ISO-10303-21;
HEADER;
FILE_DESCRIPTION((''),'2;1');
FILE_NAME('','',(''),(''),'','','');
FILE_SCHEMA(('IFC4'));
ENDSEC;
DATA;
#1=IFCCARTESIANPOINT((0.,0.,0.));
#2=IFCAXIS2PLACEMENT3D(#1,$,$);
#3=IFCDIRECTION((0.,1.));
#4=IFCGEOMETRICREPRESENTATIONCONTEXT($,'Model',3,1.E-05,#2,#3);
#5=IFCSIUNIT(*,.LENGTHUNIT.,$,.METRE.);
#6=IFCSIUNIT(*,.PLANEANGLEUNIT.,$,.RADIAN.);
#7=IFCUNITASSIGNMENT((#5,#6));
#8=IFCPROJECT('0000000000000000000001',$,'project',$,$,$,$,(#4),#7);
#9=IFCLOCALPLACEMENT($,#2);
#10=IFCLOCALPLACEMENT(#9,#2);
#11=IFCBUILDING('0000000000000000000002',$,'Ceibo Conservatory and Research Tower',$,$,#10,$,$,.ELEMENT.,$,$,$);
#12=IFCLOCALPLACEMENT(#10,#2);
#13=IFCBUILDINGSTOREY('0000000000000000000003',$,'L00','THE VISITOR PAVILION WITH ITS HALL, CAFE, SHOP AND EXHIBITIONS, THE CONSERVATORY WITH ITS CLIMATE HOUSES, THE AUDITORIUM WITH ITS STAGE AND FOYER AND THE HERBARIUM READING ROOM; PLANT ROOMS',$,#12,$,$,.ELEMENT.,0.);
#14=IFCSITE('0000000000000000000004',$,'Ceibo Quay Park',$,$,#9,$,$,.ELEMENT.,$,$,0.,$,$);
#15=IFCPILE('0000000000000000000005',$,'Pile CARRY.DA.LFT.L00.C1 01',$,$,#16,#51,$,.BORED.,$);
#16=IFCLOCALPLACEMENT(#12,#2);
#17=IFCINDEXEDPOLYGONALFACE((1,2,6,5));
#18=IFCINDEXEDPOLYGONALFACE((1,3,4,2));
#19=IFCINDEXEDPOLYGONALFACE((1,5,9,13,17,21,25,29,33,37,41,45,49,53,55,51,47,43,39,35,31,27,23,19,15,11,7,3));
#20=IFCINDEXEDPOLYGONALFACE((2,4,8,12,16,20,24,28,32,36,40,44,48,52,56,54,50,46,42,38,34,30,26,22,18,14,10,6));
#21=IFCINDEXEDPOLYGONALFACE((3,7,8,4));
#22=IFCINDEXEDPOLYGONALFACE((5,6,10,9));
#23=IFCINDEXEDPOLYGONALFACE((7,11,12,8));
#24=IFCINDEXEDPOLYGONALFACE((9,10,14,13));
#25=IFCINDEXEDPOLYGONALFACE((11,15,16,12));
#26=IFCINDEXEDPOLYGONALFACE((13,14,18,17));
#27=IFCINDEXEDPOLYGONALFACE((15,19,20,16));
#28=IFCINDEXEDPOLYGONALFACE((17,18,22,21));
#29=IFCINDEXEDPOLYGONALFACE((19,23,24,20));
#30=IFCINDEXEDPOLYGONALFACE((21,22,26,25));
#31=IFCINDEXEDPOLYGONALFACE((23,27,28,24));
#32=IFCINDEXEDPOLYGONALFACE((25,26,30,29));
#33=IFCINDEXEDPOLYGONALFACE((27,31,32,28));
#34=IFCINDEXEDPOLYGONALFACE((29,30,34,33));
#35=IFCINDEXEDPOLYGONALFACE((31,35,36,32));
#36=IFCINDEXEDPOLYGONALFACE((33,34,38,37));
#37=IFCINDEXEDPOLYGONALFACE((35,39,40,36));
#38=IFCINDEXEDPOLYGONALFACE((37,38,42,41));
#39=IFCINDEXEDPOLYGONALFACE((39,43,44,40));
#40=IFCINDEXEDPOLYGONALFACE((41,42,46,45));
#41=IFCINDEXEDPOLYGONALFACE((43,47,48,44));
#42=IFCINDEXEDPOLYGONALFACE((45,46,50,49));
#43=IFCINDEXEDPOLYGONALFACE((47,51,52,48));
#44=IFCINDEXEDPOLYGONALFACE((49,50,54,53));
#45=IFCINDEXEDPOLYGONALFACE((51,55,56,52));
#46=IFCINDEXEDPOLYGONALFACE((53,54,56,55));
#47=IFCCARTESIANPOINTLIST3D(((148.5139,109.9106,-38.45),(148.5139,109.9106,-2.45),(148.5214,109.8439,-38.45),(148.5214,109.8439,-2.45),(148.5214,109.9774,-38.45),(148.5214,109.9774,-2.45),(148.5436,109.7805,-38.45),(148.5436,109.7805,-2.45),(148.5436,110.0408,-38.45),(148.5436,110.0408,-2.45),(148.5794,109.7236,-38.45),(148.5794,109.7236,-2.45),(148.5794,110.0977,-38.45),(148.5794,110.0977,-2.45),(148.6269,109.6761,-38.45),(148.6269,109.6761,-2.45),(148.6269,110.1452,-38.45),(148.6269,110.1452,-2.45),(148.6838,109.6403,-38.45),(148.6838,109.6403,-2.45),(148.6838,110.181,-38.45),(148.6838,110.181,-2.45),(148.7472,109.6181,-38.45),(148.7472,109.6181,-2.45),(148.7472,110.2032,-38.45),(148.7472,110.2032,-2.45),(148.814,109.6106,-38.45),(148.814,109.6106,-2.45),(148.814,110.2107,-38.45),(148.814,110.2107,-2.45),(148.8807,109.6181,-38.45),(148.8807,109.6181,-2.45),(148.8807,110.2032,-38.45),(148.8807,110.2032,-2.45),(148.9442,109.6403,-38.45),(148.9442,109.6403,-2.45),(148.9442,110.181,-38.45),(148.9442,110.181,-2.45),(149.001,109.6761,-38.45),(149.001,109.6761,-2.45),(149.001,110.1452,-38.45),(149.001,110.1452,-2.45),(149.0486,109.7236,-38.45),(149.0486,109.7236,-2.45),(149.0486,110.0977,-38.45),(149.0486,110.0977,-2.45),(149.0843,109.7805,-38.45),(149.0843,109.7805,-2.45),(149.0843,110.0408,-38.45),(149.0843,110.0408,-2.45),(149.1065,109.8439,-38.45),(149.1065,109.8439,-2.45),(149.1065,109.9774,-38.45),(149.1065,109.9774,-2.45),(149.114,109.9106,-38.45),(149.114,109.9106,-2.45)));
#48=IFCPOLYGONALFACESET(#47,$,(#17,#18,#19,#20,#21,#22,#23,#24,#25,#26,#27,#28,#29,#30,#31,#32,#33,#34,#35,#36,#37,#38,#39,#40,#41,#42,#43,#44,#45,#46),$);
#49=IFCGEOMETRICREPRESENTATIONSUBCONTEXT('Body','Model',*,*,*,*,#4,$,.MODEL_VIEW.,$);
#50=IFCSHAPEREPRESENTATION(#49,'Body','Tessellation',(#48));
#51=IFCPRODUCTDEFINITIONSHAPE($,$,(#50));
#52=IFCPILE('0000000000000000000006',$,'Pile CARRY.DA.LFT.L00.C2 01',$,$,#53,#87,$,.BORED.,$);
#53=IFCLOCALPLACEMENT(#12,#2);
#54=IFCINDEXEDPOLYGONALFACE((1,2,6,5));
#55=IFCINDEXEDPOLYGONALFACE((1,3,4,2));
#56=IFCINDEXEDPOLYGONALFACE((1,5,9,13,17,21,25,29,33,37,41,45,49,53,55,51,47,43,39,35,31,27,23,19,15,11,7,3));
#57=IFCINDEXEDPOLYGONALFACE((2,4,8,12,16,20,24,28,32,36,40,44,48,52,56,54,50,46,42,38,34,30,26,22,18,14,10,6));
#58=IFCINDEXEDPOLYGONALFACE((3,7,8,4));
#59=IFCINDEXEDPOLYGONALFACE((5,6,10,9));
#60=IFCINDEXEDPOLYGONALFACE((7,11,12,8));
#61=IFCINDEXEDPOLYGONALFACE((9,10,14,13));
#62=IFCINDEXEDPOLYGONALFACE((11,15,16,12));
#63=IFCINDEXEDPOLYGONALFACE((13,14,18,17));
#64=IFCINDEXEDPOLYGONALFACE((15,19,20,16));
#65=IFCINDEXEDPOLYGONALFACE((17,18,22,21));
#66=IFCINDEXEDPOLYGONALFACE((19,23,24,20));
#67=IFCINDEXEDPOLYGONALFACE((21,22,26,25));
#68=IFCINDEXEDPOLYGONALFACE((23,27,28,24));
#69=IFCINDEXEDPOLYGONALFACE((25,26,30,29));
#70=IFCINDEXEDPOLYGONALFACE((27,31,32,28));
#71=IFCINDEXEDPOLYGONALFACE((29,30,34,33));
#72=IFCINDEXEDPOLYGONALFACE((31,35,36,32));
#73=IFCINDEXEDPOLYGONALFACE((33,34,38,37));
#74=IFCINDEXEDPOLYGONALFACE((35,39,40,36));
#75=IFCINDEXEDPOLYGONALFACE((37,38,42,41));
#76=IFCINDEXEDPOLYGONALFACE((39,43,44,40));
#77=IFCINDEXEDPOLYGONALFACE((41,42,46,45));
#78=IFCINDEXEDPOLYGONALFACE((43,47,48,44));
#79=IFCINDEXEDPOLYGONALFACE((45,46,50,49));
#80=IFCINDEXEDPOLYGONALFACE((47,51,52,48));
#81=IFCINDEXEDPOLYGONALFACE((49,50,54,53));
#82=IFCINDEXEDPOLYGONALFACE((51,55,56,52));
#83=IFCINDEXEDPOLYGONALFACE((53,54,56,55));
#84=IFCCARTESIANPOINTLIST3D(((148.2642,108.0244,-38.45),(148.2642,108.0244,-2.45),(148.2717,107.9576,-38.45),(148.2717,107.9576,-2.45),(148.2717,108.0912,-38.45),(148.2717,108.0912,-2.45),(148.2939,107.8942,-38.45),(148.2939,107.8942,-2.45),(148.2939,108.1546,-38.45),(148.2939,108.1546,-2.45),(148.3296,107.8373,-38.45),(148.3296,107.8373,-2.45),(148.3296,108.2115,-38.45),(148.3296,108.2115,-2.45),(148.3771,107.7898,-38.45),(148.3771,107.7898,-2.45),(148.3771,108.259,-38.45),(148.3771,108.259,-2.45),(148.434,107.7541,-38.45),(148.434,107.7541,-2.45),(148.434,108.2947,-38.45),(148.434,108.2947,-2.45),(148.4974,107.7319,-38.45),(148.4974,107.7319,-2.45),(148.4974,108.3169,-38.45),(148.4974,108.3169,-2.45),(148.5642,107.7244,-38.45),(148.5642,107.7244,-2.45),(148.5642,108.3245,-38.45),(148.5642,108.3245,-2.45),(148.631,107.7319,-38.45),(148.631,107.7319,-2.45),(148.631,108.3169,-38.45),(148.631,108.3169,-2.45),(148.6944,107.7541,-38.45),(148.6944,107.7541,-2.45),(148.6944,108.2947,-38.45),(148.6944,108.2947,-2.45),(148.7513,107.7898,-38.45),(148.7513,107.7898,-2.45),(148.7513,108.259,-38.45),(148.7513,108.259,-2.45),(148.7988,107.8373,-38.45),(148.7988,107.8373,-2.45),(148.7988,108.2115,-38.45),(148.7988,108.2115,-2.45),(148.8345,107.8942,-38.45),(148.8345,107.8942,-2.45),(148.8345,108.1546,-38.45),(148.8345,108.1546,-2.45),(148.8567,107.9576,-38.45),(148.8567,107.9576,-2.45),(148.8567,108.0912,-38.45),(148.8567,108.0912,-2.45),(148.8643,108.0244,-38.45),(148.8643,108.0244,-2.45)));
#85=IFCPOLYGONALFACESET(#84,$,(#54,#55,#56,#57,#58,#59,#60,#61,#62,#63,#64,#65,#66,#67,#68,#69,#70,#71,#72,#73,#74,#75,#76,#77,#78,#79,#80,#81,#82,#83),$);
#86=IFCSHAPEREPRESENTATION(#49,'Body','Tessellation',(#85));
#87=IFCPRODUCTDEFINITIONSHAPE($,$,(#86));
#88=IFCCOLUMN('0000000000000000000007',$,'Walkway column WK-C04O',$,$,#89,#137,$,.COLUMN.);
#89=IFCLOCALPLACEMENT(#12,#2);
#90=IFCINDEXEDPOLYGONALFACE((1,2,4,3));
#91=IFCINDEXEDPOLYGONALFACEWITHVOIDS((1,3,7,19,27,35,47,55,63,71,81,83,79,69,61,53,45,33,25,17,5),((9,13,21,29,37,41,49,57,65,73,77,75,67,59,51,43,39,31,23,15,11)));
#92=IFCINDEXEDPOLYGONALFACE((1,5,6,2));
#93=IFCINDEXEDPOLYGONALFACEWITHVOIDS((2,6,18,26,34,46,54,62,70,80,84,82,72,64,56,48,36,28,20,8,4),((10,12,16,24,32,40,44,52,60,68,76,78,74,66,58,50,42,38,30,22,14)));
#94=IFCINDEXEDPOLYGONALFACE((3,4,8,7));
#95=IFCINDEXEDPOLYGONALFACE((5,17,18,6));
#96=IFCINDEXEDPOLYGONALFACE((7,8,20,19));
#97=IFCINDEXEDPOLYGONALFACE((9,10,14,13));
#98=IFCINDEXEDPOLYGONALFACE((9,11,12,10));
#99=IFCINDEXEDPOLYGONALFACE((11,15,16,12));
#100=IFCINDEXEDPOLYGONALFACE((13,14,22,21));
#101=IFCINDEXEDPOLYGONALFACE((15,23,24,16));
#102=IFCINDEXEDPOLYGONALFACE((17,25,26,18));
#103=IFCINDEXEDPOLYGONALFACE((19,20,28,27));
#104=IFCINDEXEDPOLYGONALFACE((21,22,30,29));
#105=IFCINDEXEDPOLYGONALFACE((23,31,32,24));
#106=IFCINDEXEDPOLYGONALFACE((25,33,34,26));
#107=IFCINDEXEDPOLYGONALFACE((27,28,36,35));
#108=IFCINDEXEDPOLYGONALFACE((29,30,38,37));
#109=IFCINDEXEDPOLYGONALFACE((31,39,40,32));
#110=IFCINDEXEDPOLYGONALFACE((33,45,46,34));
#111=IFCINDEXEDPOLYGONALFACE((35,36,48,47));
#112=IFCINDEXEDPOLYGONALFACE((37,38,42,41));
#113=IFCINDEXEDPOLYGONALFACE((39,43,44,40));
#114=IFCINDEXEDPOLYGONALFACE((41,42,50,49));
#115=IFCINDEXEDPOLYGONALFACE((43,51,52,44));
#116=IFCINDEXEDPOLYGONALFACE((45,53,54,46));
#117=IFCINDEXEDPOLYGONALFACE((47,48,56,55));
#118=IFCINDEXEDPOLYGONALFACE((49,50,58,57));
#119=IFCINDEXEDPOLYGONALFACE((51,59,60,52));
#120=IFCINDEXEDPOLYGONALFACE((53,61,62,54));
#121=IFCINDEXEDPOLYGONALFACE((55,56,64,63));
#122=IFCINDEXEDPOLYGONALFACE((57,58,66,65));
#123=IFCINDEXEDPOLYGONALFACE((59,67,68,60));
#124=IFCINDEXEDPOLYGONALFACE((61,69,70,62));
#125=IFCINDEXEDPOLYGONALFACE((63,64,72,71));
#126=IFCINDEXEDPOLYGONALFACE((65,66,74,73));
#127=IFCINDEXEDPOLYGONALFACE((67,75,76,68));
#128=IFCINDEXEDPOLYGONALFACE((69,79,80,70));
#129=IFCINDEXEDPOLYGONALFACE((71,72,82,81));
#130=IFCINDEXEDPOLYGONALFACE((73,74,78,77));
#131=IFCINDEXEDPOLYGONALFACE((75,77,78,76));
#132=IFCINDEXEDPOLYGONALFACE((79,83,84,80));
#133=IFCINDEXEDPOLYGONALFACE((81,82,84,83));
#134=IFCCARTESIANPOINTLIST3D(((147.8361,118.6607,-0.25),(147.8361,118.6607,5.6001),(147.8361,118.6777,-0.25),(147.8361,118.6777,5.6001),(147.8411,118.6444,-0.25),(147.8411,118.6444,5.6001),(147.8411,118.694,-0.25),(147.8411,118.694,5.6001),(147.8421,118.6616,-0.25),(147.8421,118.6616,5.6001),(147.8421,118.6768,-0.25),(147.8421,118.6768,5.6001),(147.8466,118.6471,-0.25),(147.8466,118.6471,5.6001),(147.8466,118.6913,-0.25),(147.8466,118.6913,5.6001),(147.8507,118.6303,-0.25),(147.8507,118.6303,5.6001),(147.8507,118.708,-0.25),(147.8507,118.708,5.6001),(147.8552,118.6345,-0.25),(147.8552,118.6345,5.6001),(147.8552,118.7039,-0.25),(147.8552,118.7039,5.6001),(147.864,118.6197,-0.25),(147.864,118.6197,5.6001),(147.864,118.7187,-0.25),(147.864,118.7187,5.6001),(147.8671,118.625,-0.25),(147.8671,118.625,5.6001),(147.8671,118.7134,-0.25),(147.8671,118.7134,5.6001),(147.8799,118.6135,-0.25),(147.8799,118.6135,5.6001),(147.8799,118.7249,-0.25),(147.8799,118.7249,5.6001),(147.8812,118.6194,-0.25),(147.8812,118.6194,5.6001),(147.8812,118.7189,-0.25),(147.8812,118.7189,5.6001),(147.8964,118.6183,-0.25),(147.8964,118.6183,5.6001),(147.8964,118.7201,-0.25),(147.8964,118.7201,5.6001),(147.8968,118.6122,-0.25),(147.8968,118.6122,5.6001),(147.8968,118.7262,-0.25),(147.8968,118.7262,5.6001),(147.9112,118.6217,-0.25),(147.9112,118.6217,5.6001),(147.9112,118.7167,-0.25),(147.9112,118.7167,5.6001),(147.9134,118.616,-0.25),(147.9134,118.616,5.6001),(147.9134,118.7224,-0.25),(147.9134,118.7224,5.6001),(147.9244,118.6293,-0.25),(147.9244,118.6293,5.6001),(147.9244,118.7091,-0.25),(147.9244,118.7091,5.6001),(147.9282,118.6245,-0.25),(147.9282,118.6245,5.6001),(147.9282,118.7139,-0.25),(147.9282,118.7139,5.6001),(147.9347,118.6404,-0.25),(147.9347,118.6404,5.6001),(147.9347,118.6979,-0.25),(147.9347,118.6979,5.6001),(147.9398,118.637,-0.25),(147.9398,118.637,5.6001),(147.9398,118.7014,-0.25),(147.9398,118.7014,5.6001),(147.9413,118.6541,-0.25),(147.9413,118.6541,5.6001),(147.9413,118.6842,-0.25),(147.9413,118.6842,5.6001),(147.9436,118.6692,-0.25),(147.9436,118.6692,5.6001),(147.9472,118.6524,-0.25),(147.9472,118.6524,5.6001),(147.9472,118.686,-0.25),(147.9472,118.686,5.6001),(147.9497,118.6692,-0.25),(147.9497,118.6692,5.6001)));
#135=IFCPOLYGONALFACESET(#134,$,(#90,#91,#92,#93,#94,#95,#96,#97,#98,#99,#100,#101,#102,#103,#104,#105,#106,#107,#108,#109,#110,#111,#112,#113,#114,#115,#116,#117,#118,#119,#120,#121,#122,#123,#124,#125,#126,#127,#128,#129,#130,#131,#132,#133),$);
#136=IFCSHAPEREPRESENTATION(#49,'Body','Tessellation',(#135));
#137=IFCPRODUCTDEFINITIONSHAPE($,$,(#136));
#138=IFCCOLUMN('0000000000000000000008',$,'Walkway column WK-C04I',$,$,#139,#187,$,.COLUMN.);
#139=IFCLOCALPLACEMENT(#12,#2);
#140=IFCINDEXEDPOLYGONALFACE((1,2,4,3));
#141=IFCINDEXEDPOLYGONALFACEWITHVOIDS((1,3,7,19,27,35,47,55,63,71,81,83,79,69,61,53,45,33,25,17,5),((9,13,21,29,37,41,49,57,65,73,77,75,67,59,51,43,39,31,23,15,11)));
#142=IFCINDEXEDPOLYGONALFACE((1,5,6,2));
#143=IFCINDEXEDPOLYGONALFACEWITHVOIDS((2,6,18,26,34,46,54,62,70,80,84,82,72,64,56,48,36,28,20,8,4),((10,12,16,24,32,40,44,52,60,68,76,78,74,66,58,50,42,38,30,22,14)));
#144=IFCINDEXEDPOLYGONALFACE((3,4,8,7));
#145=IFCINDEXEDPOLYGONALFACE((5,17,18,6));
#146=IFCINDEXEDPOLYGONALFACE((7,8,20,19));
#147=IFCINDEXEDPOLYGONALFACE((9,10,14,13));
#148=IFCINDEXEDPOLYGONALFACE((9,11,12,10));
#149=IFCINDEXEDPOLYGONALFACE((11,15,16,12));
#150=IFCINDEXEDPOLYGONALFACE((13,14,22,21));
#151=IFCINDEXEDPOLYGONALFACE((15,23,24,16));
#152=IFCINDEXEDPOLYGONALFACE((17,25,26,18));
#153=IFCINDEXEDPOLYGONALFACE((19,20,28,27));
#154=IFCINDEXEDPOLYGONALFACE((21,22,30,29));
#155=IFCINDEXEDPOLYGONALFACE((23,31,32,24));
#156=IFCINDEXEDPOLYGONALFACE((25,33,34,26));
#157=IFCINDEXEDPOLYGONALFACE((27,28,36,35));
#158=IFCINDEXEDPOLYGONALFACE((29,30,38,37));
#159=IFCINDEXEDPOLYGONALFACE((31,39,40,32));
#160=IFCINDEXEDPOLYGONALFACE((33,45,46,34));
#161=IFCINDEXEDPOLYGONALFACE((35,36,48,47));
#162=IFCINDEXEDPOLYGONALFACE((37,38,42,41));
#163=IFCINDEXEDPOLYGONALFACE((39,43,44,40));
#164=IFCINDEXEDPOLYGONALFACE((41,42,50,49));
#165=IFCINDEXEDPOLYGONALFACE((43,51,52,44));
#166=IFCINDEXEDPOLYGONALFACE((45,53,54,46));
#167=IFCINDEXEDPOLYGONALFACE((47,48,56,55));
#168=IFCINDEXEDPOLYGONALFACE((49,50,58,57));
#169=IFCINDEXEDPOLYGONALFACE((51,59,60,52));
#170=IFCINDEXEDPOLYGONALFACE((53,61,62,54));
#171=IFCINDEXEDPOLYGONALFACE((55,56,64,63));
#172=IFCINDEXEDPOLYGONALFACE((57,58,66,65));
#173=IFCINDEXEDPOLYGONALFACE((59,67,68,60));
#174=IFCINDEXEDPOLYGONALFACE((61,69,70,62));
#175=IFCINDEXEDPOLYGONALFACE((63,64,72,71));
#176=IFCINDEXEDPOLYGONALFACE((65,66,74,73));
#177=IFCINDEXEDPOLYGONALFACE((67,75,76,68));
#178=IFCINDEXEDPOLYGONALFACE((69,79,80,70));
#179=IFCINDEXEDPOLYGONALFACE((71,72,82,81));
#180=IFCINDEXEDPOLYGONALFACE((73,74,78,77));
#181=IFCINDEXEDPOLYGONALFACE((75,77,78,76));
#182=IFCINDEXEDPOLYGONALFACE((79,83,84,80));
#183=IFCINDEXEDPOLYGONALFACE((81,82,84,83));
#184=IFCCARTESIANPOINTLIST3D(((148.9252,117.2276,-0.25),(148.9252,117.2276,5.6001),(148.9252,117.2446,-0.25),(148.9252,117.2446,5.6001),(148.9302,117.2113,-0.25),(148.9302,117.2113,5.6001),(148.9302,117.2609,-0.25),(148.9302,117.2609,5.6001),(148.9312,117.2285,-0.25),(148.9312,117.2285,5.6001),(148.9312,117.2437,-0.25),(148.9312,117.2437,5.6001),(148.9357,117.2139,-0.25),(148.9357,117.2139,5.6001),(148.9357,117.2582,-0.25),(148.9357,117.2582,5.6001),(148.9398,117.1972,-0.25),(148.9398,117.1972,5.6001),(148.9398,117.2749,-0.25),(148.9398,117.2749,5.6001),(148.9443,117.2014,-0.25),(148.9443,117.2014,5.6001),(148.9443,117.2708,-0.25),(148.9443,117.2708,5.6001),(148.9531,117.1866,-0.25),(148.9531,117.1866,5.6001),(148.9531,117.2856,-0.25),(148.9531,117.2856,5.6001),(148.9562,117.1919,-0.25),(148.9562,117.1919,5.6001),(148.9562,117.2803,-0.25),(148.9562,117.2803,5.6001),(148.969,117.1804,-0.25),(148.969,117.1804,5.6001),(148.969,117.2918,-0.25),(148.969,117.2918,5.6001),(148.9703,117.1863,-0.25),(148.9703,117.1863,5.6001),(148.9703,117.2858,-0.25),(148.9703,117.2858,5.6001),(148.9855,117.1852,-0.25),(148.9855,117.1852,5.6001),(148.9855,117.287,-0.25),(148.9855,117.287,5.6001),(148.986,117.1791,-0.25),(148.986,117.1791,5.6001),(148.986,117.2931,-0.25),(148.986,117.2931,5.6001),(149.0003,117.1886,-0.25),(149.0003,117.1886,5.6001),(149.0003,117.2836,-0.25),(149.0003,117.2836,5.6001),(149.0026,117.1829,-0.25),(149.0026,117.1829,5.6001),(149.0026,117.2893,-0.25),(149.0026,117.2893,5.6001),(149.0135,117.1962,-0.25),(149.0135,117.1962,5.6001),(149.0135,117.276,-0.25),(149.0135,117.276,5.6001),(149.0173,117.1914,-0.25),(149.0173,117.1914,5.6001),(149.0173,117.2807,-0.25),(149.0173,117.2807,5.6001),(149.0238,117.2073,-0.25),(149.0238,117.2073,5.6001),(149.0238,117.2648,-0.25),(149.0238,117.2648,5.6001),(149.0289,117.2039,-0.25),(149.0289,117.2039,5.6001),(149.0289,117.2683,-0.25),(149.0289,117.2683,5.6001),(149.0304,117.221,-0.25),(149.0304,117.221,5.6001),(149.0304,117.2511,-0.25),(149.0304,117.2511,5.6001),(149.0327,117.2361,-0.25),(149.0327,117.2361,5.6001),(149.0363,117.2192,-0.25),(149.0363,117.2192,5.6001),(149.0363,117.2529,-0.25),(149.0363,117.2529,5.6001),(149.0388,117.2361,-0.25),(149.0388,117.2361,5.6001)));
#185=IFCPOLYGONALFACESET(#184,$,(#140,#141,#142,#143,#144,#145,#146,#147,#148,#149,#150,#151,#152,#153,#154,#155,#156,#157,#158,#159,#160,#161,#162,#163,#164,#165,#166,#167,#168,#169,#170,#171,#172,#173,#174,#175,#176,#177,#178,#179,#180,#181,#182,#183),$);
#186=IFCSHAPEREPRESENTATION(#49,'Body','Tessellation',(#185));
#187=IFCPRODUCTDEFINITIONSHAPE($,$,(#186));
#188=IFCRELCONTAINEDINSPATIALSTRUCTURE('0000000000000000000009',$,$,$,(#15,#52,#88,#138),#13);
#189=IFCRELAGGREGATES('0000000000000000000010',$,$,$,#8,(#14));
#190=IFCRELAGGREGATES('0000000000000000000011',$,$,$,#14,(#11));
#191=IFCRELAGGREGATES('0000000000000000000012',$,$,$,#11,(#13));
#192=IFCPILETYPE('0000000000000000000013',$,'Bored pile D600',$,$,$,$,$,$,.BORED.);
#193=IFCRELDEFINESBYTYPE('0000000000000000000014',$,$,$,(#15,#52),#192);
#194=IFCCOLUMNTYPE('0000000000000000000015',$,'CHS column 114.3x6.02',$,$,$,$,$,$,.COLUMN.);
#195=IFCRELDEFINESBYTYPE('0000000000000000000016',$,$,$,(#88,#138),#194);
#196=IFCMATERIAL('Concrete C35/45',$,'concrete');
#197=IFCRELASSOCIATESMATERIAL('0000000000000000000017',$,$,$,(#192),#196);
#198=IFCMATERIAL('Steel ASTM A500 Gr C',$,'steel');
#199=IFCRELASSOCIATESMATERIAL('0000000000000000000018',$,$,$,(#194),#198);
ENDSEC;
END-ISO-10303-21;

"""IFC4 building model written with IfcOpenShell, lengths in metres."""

from ifc_helpers import new_model, si_unit, direction, frame, origin, origin_2d, place, context, subcontext, project, spatial, circle, hollow_circle, extrude, material, material_profile, profile_set, type_object, element, save


model = new_model("IFC4")

# Units and contexts
model_context = context("Model", 3, precision=1e-05, world=origin(), true_north=direction((0.0, 1.0)))
body_context = subcontext(model_context, "Body", "Model", "MODEL_VIEW")
ifc_project = project(units=[si_unit("LENGTHUNIT", "METRE"), si_unit("PLANEANGLEUNIT", "RADIAN")], contexts=[model_context])

# Site, building, storey
site_placement = place(None, origin())
site = spatial("IfcSite", under=ifc_project, at=site_placement, Name="Ceibo Quay Park", CompositionType="ELEMENT", RefElevation=0.0)
building_placement = place(site_placement, origin())
building = spatial("IfcBuilding", under=site, at=building_placement, Name="Ceibo Conservatory and Research Tower", CompositionType="ELEMENT")
storey_placement = place(building_placement, origin())
storey = spatial("IfcBuildingStorey", under=building, at=storey_placement, Name="L00", Description="THE VISITOR PAVILION WITH ITS HALL, CAFE, SHOP AND EXHIBITIONS, THE CONSERVATORY WITH ITS CLIMATE HOUSES, THE AUDITORIUM WITH ITS STAGE AND FOYER AND THE HERBARIUM READING ROOM; PLANT ROOMS", CompositionType="ELEMENT", Elevation=0.0)

# Piles
ifc_material_1 = material(Name="Concrete C35/45", Category="concrete")
ifc_material_profile_1 = material_profile(ifc_material_1, circle(Radius=0.3, at=origin_2d()), Name="RC D600")
ifc_profile_set_1 = profile_set([ifc_material_profile_1], Name="Concrete C35/45")
pile_type = type_object("IfcPileType", Name="Bored pile D600", PredefinedType="BORED", material=ifc_profile_set_1)
for number, where, z_axis, x_axis, name in (
    (1, (148.814, 109.9106, -2.45), (0.0, 0.0, -1.0), (1.0, 0.0, 0.0), "Pile CARRY.DA.LFT.L00.C1 01"),
    (2, (148.5642, 108.0244, -2.45), (0.0, 0.0, -1.0), (1.0, 0.0, 0.0), "Pile CARRY.DA.LFT.L00.C2 01"),
):
    element("IfcPile", number, at=place(storey_placement, frame(where, z_axis=z_axis, x_axis=x_axis)), inside=storey, type_object=pile_type, Name=name, PredefinedType="BORED", context=body_context, shape_type="SweptSolid", body=[
        extrude(circle(Radius=0.3, at=origin_2d()), origin(), (0.0, 0.0, 1.0), 36.0),
    ])

# Columns
ifc_material_2 = material(Name="Steel ASTM A500 Gr C", Category="steel")
ifc_material_profile_2 = material_profile(ifc_material_2, hollow_circle(Radius=0.0571, WallThickness=0.0061, at=origin_2d()), Name="CHS column 114.3x6.02")
ifc_profile_set_2 = profile_set([ifc_material_profile_2], Name="Steel ASTM A500 Gr C")
column_type = type_object("IfcColumnType", Name="CHS column 114.3x6.02", PredefinedType="COLUMN", material=ifc_profile_set_2)
for number, where, z_axis, x_axis, name in (
    (3, (147.8926, 118.6692, -0.25), (0.0, 0.0, 1.0), (1.0, 0.0, 0.0), "Walkway column WK-C04O"),
    (4, (148.9817, 117.2361, -0.25), (0.0, 0.0, 1.0), (1.0, 0.0, 0.0), "Walkway column WK-C04I"),
):
    element("IfcColumn", number, at=place(storey_placement, frame(where, z_axis=z_axis, x_axis=x_axis)), inside=storey, type_object=column_type, Name=name, PredefinedType="COLUMN", context=body_context, shape_type="SweptSolid", body=[
        extrude(hollow_circle(Radius=0.0571, WallThickness=0.0061, at=origin_2d()), origin(), (0.0, 0.0, 1.0), 5.8501),
    ])

save(model, "model.ifc")
